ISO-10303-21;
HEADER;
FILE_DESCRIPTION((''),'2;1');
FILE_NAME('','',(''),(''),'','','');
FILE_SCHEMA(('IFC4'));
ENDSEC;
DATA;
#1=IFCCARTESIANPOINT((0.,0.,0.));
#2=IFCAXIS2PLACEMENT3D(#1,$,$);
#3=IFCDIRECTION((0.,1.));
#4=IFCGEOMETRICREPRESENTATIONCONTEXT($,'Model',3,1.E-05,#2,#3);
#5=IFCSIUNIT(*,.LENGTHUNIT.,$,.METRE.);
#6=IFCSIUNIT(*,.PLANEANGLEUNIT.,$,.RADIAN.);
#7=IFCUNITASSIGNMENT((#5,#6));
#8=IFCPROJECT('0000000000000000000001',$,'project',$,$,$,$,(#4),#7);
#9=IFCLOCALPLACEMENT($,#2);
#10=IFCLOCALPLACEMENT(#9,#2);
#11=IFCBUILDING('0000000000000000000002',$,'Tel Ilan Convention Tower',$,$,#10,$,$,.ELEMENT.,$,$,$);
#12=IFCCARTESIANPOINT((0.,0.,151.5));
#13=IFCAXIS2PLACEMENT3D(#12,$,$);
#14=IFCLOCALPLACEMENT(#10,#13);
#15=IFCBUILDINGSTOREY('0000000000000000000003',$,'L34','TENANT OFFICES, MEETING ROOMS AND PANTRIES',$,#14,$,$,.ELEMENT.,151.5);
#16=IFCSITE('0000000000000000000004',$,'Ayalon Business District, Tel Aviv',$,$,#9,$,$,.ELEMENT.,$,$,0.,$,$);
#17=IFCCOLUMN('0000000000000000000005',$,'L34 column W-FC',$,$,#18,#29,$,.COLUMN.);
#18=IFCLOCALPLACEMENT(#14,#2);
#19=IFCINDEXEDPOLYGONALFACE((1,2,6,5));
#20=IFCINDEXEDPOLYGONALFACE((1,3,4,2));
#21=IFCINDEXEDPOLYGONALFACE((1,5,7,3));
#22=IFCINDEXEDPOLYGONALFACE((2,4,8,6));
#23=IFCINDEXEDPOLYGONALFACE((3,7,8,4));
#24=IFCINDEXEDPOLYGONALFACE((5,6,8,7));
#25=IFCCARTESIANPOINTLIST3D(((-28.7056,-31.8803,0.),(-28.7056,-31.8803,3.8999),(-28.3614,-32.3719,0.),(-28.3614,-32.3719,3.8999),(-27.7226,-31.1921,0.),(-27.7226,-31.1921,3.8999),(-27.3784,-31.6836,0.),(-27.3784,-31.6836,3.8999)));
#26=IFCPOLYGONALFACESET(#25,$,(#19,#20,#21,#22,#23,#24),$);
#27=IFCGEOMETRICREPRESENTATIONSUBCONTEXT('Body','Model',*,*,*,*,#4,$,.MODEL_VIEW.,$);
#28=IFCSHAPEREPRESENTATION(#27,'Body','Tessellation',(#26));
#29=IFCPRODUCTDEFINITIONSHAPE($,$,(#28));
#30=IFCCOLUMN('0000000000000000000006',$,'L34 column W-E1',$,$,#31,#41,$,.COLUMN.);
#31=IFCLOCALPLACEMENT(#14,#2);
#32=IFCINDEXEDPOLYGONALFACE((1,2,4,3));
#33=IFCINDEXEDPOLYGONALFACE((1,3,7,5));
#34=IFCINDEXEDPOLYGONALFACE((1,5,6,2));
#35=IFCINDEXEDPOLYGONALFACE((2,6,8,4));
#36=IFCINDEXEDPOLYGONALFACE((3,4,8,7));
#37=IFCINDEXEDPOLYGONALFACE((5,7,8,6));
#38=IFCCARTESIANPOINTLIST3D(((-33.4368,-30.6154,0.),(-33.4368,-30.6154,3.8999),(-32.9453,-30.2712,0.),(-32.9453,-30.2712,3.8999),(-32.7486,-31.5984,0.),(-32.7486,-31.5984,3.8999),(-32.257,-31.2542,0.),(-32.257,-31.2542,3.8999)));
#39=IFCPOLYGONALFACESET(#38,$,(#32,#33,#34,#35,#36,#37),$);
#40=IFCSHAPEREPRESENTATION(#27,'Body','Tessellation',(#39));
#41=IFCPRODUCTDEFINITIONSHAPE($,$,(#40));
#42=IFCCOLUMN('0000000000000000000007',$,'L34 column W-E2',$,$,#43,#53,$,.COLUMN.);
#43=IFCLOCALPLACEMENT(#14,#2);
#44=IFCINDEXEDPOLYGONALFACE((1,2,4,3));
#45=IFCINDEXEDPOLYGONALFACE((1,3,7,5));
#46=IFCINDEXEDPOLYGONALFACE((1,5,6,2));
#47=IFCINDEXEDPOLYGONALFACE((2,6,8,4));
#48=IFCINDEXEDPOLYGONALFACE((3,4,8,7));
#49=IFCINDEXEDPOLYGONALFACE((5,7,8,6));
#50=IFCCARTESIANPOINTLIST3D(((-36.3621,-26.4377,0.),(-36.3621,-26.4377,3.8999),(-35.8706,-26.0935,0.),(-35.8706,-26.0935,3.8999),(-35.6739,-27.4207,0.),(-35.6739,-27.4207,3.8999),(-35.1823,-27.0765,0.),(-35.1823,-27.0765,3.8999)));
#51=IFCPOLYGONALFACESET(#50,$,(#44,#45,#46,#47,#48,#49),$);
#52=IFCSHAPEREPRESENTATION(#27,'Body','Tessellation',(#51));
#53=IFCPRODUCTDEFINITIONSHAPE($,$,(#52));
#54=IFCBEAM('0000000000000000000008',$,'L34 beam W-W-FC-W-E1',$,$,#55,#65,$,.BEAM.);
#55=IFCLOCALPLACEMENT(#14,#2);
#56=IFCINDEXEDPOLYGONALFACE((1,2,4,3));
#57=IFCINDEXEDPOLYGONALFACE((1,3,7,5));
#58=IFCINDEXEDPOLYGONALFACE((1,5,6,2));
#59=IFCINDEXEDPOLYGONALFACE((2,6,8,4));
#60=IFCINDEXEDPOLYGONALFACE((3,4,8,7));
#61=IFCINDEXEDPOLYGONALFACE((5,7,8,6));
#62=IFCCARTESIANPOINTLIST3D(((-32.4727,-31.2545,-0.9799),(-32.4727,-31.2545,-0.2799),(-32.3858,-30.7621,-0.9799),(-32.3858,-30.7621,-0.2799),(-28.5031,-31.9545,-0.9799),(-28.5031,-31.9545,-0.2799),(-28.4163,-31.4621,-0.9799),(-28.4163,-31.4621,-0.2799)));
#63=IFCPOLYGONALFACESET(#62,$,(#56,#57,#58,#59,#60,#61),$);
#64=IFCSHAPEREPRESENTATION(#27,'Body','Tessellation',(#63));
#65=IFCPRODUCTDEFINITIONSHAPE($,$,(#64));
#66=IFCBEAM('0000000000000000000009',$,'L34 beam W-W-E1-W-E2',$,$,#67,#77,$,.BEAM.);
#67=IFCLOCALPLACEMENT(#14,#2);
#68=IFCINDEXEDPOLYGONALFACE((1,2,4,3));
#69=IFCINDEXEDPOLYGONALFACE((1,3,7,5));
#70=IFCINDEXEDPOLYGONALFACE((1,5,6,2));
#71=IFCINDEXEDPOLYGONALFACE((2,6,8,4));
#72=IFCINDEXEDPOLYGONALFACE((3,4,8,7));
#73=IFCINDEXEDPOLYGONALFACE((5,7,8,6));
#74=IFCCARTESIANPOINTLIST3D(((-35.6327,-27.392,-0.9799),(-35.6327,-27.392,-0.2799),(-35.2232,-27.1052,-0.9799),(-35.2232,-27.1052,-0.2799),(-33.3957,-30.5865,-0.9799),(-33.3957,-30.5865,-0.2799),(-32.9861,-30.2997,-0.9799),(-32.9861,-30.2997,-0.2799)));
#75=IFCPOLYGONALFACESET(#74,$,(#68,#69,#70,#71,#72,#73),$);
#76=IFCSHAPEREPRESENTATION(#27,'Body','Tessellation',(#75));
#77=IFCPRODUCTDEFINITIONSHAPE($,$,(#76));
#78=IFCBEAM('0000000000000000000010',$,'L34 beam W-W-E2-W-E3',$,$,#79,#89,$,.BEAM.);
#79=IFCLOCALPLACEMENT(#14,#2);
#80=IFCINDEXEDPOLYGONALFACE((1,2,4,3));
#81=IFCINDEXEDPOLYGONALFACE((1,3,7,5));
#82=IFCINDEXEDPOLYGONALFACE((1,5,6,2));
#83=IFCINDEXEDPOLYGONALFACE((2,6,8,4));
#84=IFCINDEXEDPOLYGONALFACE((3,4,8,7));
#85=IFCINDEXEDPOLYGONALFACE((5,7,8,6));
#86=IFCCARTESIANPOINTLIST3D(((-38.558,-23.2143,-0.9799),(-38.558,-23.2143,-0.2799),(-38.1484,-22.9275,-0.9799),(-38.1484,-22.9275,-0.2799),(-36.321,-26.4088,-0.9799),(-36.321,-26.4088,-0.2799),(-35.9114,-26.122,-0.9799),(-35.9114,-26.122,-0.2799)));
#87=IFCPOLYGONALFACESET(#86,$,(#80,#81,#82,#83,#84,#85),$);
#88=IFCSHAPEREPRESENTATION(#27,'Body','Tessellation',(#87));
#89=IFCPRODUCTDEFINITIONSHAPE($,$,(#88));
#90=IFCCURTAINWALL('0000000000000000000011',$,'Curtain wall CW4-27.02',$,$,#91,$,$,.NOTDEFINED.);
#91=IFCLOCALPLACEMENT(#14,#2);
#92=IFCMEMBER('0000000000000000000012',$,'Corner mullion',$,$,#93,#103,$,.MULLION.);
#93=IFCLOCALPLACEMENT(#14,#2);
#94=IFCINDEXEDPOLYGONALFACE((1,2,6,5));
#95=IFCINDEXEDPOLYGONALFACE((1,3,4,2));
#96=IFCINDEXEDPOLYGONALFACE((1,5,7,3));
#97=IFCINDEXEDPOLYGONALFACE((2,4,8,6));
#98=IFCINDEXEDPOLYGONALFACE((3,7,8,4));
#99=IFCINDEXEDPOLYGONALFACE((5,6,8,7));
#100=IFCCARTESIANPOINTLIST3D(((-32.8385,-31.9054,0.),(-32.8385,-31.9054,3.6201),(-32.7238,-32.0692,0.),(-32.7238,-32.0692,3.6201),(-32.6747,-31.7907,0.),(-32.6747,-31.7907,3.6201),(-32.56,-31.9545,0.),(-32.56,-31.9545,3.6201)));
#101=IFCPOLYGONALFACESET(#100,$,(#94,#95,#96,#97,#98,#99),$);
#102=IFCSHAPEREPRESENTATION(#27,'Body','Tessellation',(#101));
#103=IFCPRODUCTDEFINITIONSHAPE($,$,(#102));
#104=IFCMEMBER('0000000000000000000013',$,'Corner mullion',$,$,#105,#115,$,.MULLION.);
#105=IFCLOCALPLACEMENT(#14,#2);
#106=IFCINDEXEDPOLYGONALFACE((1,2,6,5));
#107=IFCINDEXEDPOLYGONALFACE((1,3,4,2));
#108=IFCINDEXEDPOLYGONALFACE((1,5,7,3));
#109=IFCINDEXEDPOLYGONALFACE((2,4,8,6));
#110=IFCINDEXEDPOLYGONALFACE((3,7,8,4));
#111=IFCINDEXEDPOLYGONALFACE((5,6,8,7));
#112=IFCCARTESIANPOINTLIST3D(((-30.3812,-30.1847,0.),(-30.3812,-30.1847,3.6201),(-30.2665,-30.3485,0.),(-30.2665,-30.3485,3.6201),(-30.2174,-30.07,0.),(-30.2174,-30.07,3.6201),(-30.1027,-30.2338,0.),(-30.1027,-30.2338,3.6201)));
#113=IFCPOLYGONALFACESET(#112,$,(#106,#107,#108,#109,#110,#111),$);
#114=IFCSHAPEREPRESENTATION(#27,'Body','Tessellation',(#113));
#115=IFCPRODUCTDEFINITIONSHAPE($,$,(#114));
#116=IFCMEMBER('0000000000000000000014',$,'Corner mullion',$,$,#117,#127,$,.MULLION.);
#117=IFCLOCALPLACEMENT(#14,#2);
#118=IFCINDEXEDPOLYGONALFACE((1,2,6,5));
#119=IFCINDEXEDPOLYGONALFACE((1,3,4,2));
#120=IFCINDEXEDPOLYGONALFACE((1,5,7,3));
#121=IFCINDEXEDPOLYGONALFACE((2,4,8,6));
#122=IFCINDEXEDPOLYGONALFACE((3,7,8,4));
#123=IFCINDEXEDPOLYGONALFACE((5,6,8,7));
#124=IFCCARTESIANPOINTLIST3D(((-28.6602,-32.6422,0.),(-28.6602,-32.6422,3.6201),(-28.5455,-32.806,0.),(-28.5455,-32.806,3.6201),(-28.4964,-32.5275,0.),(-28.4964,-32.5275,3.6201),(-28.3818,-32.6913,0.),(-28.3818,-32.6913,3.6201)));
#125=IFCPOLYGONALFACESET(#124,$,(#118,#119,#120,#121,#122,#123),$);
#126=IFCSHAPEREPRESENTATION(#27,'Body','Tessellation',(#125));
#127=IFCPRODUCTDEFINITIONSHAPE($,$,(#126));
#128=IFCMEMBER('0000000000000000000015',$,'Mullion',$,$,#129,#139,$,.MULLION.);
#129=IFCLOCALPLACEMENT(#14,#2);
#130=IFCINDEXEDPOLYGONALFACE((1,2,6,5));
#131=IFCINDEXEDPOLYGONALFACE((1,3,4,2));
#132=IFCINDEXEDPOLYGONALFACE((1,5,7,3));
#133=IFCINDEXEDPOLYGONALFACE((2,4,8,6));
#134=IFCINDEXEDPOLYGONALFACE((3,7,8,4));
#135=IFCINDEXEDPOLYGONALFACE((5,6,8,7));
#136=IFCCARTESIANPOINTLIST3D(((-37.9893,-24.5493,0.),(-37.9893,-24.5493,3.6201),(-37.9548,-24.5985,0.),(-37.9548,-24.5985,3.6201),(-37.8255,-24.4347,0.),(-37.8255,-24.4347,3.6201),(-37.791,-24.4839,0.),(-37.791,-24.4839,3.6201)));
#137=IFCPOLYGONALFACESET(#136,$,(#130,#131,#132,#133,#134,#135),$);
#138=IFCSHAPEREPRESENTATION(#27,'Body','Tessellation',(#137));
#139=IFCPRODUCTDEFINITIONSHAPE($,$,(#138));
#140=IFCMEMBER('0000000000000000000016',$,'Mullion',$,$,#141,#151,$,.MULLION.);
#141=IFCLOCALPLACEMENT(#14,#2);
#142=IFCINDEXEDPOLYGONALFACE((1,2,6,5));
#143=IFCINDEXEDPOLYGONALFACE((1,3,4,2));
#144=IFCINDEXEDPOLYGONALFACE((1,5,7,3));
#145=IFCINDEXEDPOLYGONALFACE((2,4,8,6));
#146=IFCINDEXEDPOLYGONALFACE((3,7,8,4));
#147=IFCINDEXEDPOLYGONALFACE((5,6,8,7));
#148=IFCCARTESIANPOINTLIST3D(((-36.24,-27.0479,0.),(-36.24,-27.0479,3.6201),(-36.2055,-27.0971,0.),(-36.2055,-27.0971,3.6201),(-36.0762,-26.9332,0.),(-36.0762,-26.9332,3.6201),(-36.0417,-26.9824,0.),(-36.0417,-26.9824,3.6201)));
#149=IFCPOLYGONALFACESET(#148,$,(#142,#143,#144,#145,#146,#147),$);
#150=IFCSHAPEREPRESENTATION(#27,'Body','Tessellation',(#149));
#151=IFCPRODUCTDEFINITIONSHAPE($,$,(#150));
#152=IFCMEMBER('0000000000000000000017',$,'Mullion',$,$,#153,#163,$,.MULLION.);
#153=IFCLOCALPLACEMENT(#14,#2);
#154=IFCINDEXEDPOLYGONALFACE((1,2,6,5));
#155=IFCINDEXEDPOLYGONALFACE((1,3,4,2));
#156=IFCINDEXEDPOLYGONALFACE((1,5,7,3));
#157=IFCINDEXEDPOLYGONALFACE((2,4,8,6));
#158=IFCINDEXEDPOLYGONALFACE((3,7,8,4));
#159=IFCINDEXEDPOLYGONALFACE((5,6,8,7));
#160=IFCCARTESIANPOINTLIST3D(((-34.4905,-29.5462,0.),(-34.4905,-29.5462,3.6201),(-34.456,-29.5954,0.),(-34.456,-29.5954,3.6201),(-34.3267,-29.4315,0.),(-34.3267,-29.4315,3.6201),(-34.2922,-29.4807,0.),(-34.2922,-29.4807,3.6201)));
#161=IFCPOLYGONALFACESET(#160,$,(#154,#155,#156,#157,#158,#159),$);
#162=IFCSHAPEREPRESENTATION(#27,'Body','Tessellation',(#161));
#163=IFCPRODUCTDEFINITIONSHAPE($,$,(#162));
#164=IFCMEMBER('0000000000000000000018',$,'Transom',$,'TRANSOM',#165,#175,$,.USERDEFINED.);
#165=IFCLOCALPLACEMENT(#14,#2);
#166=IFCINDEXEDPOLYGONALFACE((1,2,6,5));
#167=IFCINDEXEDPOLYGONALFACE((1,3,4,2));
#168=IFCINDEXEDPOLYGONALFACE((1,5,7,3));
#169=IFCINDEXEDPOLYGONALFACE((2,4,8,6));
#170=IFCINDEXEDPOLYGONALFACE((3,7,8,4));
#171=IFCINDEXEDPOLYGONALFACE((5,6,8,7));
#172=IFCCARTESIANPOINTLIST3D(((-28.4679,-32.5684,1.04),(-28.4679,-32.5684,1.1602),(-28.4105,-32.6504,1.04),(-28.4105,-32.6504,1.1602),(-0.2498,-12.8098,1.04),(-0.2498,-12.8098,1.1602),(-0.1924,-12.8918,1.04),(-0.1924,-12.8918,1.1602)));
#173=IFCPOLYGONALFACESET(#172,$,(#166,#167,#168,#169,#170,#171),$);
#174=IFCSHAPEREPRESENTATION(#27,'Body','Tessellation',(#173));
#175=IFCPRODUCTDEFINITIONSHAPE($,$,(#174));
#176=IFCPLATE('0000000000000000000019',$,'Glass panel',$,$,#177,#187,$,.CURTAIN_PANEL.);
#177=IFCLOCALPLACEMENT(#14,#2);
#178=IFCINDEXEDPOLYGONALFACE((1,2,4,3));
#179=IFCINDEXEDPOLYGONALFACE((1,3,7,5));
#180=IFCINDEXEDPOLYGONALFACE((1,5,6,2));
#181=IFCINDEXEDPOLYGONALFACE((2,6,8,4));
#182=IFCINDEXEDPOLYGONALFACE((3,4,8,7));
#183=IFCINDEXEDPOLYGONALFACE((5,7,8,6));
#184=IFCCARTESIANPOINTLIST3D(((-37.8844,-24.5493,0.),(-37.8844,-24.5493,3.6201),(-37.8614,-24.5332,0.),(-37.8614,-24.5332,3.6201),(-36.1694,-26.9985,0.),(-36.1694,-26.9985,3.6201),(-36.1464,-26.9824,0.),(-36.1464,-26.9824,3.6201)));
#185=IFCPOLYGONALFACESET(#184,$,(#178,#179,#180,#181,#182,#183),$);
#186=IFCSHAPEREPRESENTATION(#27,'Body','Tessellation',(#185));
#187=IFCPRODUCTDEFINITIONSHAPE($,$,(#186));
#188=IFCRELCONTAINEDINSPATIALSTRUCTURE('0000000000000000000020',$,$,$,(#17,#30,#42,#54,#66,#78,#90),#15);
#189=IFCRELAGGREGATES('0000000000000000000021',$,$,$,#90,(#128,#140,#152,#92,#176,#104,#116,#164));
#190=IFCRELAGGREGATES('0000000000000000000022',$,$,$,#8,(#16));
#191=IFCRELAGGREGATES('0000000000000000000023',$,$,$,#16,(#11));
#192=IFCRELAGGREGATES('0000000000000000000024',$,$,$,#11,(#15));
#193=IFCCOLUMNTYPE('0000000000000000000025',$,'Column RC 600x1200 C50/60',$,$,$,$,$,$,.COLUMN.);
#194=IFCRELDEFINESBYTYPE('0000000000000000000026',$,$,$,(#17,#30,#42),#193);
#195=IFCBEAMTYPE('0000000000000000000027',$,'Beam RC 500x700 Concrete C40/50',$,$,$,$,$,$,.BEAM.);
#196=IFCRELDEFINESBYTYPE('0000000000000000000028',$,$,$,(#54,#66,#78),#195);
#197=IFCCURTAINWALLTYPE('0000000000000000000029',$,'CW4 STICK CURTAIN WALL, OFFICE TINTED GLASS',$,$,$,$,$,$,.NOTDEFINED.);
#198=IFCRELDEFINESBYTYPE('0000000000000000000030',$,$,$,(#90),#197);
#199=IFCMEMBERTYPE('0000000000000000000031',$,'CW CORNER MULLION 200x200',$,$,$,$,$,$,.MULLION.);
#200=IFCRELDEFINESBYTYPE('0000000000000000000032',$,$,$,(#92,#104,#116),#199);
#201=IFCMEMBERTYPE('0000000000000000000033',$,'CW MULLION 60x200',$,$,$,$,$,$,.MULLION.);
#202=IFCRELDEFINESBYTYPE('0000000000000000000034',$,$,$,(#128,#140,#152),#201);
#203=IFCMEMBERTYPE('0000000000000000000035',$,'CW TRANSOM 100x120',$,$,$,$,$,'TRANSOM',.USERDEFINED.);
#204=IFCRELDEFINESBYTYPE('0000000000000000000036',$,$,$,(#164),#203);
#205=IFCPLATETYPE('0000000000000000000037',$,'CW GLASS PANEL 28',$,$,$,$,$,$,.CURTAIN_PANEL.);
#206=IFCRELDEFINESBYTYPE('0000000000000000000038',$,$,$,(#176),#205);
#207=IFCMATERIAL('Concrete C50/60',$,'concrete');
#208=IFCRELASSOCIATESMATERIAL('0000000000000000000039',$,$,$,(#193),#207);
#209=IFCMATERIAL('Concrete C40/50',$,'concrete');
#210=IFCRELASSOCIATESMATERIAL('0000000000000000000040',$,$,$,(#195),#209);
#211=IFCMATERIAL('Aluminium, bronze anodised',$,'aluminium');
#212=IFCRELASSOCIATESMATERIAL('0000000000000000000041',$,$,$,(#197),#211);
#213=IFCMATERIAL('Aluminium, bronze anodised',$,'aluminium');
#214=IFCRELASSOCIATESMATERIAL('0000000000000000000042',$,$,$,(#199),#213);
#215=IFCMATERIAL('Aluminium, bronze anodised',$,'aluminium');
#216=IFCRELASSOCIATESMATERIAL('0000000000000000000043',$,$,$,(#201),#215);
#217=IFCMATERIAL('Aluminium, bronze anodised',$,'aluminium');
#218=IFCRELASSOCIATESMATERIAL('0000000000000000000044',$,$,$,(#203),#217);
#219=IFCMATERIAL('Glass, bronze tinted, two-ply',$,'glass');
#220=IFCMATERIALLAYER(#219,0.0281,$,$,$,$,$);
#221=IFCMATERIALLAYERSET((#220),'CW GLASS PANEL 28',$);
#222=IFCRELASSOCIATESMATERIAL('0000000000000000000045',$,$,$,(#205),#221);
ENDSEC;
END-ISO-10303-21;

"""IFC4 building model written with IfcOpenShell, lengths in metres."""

from ifc_helpers import new_model, si_unit, direction, frame, origin, origin_2d, place, context, subcontext, project, spatial, rectangle, extrude, material, layer, layer_set, material_profile, profile_set, type_object, element, aggregate, save


model = new_model("IFC4")

# Units and contexts
model_context = context("Model", 3, precision=1e-05, world=origin(), true_north=direction((0.0, 1.0)))
body_context = subcontext(model_context, "Body", "Model", "MODEL_VIEW")
ifc_project = project(units=[si_unit("LENGTHUNIT", "METRE"), si_unit("PLANEANGLEUNIT", "RADIAN")], contexts=[model_context])

# Site, building, storey
site_placement = place(None, origin())
site = spatial("IfcSite", under=ifc_project, at=site_placement, Name="Ayalon Business District, Tel Aviv", CompositionType="ELEMENT", RefElevation=0.0)
building_placement = place(site_placement, origin())
building = spatial("IfcBuilding", under=site, at=building_placement, Name="Tel Ilan Convention Tower", CompositionType="ELEMENT")
storey_placement = place(building_placement, frame((0.0, 0.0, 151.5)))
storey = spatial("IfcBuildingStorey", under=building, at=storey_placement, Name="L34", Description="TENANT OFFICES, MEETING ROOMS AND PANTRIES", CompositionType="ELEMENT", Elevation=151.5)

# Columns
ifc_material_1 = material(Name="Concrete C50/60", Category="concrete")
ifc_material_profile_1 = material_profile(ifc_material_1, rectangle(XDim=1.2, YDim=0.6001, at=origin_2d()), Name="RC 600x1200")
ifc_profile_set_1 = profile_set([ifc_material_profile_1], Name="Concrete C50/60")
column_type = type_object("IfcColumnType", Name="Column RC 600x1200 C50/60", PredefinedType="COLUMN", material=ifc_profile_set_1)
for number, where, z_axis, x_axis, name in (
    (1, (-28.042, -31.782, 0.0), (0.0, 0.0, 1.0), (-0.819152, -0.573576, 0.0), "L34 column W-FC"),
    (2, (-32.8469, -30.9348, 0.0), (0.0, 0.0, 1.0), (-0.573576, 0.819152, 0.0), "L34 column W-E1"),
    (3, (-35.7722, -26.7571, 0.0), (0.0, 0.0, 1.0), (-0.573576, 0.819152, 0.0), "L34 column W-E2"),
):
    element("IfcColumn", number, at=place(storey_placement, frame(where, z_axis=z_axis, x_axis=x_axis)), inside=storey, type_object=column_type, Name=name, PredefinedType="COLUMN", context=body_context, shape_type="SweptSolid", body=[
        extrude(rectangle(XDim=1.2, YDim=0.6001, at=origin_2d()), origin(), (0.0, 0.0, 1.0), 3.8999),
    ])

# Beams
ifc_material_2 = material(Name="Concrete C40/50", Category="concrete")
ifc_material_profile_2 = material_profile(ifc_material_2, rectangle(XDim=0.5, YDim=0.7, at=origin_2d()), Name="RC 500x700")
ifc_profile_set_2 = profile_set([ifc_material_profile_2], Name="Concrete C40/50")
beam_type = type_object("IfcBeamType", Name="Beam RC 500x700 Concrete C40/50", PredefinedType="BEAM", material=ifc_profile_set_2)
beam_placement = place(storey_placement, frame((-28.4597, -31.7083, -0.6299), z_axis=(-0.984807, 0.173654, 0.0), x_axis=(-0.173654, -0.984807, 0.0)))
element("IfcBeam", 4, at=beam_placement, inside=storey, type_object=beam_type, Name="L34 beam W-W-FC-W-E1", PredefinedType="BEAM", context=body_context, shape_type="SweptSolid", body=[
    extrude(rectangle(XDim=0.5, YDim=0.7, at=origin_2d()), origin(), (0.0, 0.0, 1.0), 4.0308),
])
for number, where, z_axis, x_axis, name in (
    (5, (-33.1909, -30.4431, -0.6299), (-0.573609, 0.819129, 0.0), (-0.819129, -0.573609, 0.0), "L34 beam W-W-E1-W-E2"),
    (6, (-36.1162, -26.2654, -0.6299), (-0.573609, 0.819129, 0.0), (-0.819129, -0.573609, 0.0), "L34 beam W-W-E2-W-E3"),
):
    element("IfcBeam", number, at=place(storey_placement, frame(where, z_axis=z_axis, x_axis=x_axis)), inside=storey, type_object=beam_type, Name=name, PredefinedType="BEAM", context=body_context, shape_type="SweptSolid", body=[
        extrude(rectangle(XDim=0.5, YDim=0.7, at=origin_2d()), origin(), (0.0, 0.0, 1.0), 3.8999),
    ])

# Curtain wall, members, plate
ifc_material_3 = material(Name="Aluminium, bronze anodised", Category="aluminium")
curtain_wall_type = type_object("IfcCurtainWallType", Name="CW4 STICK CURTAIN WALL, OFFICE TINTED GLASS", PredefinedType="NOTDEFINED", material=ifc_material_3)
curtain_wall_placement = place(storey_placement, origin())
curtain_wall = element("IfcCurtainWall", 7, at=curtain_wall_placement, inside=storey, type_object=curtain_wall_type, Name="Curtain wall CW4-27.02", PredefinedType="NOTDEFINED")
ifc_material_4 = material(Name="Aluminium, bronze anodised", Category="aluminium")
ifc_material_profile_3 = material_profile(ifc_material_4, rectangle(XDim=0.2, YDim=0.2, at=origin_2d()), Name="CW CORNER MULLION 200x200")
ifc_profile_set_3 = profile_set([ifc_material_profile_3], Name="Aluminium, bronze anodised")
member_type_1 = type_object("IfcMemberType", Name="CW CORNER MULLION 200x200", PredefinedType="MULLION", material=ifc_profile_set_3)
member_1_placement = place(storey_placement, frame((-32.6992, -31.9299, 0.0), z_axis=(0.0, 0.0, 1.0), x_axis=(0.573576, -0.819152, 0.0)))
member_1 = element("IfcMember", 8, at=member_1_placement, type_object=member_type_1, Name="Corner mullion", PredefinedType="MULLION", context=body_context, shape_type="SweptSolid", body=[
    extrude(rectangle(XDim=0.2, YDim=0.2, at=origin_2d()), origin(), (0.0, 0.0, 1.0), 3.6201),
])
member_2_placement = place(storey_placement, frame((-30.2419, -30.2092, 0.0), z_axis=(0.0, 0.0, 1.0), x_axis=(0.819152, 0.573576, 0.0)))
member_2 = element("IfcMember", 9, at=member_2_placement, type_object=member_type_1, Name="Corner mullion", PredefinedType="MULLION", context=body_context, shape_type="SweptSolid", body=[
    extrude(rectangle(XDim=0.2, YDim=0.2, at=origin_2d()), origin(), (0.0, 0.0, 1.0), 3.6201),
])
member_3_placement = place(storey_placement, frame((-28.521, -32.6667, 0.0), z_axis=(0.0, 0.0, 1.0), x_axis=(0.573576, -0.819152, 0.0)))
member_3 = element("IfcMember", 10, at=member_3_placement, type_object=member_type_1, Name="Corner mullion", PredefinedType="MULLION", context=body_context, shape_type="SweptSolid", body=[
    extrude(rectangle(XDim=0.2, YDim=0.2, at=origin_2d()), origin(), (0.0, 0.0, 1.0), 3.6201),
])
ifc_material_5 = material(Name="Aluminium, bronze anodised", Category="aluminium")
ifc_material_profile_4 = material_profile(ifc_material_5, rectangle(XDim=0.0601, YDim=0.2, at=origin_2d()), Name="CW MULLION 60x200")
ifc_profile_set_4 = profile_set([ifc_material_profile_4], Name="Aluminium, bronze anodised")
member_type_2 = type_object("IfcMemberType", Name="CW MULLION 60x200", PredefinedType="MULLION", material=ifc_profile_set_4)
member_4_placement = place(storey_placement, frame((-37.8901, -24.5166, 0.0), z_axis=(0.0, 0.0, 1.0), x_axis=(0.573576, -0.819152, 0.0)))
member_4 = element("IfcMember", 11, at=member_4_placement, type_object=member_type_2, Name="Mullion", PredefinedType="MULLION", context=body_context, shape_type="SweptSolid", body=[
    extrude(rectangle(XDim=0.0601, YDim=0.2, at=origin_2d()), origin(), (0.0, 0.0, 1.0), 3.6201),
])
member_5_placement = place(storey_placement, frame((-36.1409, -27.0151, 0.0), z_axis=(0.0, 0.0, 1.0), x_axis=(0.573576, -0.819152, 0.0)))
member_5 = element("IfcMember", 12, at=member_5_placement, type_object=member_type_2, Name="Mullion", PredefinedType="MULLION", context=body_context, shape_type="SweptSolid", body=[
    extrude(rectangle(XDim=0.0601, YDim=0.2, at=origin_2d()), origin(), (0.0, 0.0, 1.0), 3.6201),
])
member_6_placement = place(storey_placement, frame((-34.3914, -29.5134, 0.0), z_axis=(0.0, 0.0, 1.0), x_axis=(0.573576, -0.819152, 0.0)))
member_6 = element("IfcMember", 13, at=member_6_placement, type_object=member_type_2, Name="Mullion", PredefinedType="MULLION", context=body_context, shape_type="SweptSolid", body=[
    extrude(rectangle(XDim=0.0601, YDim=0.2, at=origin_2d()), origin(), (0.0, 0.0, 1.0), 3.6201),
])
ifc_material_6 = material(Name="Aluminium, bronze anodised", Category="aluminium")
ifc_material_profile_5 = material_profile(ifc_material_6, rectangle(XDim=0.1001, YDim=0.1201, at=origin_2d()), Name="CW TRANSOM 100x120")
ifc_profile_set_5 = profile_set([ifc_material_profile_5], Name="Aluminium, bronze anodised")
member_type_3 = type_object("IfcMemberType", Name="CW TRANSOM 100x120", ElementType="TRANSOM", PredefinedType="USERDEFINED", material=ifc_profile_set_5)
member_7_placement = place(storey_placement, frame((-28.4392, -32.6094, 1.1001), z_axis=(0.819151, 0.573578, 0.0), x_axis=(-0.573578, 0.819151, 0.0)))
member_7 = element("IfcMember", 14, at=member_7_placement, type_object=member_type_3, Name="Transom", ObjectType="TRANSOM", PredefinedType="USERDEFINED", context=body_context, shape_type="SweptSolid", body=[
    extrude(rectangle(XDim=0.1001, YDim=0.1201, at=origin_2d()), origin(), (0.0, 0.0, 1.0), 34.448),
])
ifc_material_7 = material(Name="Glass, bronze tinted, two-ply", Category="glass")
ifc_layer_1 = layer(ifc_material_7, 0.0281)
ifc_layer_set_1 = layer_set([ifc_layer_1], Name="CW GLASS PANEL 28")
plate_type = type_object("IfcPlateType", Name="CW GLASS PANEL 28", PredefinedType="CURTAIN_PANEL", material=ifc_layer_set_1)
plate_1_placement = place(storey_placement, frame((-37.0154, -25.7659, 0.0), z_axis=(0.0, 0.0, 1.0), x_axis=(0.573576, -0.819152, 0.0)))
plate_1 = element("IfcPlate", 15, at=plate_1_placement, type_object=plate_type, Name="Glass panel", PredefinedType="CURTAIN_PANEL", context=body_context, shape_type="SweptSolid", body=[
    extrude(rectangle(XDim=2.99, YDim=0.0281, at=origin_2d()), origin(), (0.0, 0.0, 1.0), 3.6201),
])
aggregate(curtain_wall, [member_4, member_5, member_6, member_1, plate_1, member_2, member_3, member_7])

save(model, "model.ifc")
